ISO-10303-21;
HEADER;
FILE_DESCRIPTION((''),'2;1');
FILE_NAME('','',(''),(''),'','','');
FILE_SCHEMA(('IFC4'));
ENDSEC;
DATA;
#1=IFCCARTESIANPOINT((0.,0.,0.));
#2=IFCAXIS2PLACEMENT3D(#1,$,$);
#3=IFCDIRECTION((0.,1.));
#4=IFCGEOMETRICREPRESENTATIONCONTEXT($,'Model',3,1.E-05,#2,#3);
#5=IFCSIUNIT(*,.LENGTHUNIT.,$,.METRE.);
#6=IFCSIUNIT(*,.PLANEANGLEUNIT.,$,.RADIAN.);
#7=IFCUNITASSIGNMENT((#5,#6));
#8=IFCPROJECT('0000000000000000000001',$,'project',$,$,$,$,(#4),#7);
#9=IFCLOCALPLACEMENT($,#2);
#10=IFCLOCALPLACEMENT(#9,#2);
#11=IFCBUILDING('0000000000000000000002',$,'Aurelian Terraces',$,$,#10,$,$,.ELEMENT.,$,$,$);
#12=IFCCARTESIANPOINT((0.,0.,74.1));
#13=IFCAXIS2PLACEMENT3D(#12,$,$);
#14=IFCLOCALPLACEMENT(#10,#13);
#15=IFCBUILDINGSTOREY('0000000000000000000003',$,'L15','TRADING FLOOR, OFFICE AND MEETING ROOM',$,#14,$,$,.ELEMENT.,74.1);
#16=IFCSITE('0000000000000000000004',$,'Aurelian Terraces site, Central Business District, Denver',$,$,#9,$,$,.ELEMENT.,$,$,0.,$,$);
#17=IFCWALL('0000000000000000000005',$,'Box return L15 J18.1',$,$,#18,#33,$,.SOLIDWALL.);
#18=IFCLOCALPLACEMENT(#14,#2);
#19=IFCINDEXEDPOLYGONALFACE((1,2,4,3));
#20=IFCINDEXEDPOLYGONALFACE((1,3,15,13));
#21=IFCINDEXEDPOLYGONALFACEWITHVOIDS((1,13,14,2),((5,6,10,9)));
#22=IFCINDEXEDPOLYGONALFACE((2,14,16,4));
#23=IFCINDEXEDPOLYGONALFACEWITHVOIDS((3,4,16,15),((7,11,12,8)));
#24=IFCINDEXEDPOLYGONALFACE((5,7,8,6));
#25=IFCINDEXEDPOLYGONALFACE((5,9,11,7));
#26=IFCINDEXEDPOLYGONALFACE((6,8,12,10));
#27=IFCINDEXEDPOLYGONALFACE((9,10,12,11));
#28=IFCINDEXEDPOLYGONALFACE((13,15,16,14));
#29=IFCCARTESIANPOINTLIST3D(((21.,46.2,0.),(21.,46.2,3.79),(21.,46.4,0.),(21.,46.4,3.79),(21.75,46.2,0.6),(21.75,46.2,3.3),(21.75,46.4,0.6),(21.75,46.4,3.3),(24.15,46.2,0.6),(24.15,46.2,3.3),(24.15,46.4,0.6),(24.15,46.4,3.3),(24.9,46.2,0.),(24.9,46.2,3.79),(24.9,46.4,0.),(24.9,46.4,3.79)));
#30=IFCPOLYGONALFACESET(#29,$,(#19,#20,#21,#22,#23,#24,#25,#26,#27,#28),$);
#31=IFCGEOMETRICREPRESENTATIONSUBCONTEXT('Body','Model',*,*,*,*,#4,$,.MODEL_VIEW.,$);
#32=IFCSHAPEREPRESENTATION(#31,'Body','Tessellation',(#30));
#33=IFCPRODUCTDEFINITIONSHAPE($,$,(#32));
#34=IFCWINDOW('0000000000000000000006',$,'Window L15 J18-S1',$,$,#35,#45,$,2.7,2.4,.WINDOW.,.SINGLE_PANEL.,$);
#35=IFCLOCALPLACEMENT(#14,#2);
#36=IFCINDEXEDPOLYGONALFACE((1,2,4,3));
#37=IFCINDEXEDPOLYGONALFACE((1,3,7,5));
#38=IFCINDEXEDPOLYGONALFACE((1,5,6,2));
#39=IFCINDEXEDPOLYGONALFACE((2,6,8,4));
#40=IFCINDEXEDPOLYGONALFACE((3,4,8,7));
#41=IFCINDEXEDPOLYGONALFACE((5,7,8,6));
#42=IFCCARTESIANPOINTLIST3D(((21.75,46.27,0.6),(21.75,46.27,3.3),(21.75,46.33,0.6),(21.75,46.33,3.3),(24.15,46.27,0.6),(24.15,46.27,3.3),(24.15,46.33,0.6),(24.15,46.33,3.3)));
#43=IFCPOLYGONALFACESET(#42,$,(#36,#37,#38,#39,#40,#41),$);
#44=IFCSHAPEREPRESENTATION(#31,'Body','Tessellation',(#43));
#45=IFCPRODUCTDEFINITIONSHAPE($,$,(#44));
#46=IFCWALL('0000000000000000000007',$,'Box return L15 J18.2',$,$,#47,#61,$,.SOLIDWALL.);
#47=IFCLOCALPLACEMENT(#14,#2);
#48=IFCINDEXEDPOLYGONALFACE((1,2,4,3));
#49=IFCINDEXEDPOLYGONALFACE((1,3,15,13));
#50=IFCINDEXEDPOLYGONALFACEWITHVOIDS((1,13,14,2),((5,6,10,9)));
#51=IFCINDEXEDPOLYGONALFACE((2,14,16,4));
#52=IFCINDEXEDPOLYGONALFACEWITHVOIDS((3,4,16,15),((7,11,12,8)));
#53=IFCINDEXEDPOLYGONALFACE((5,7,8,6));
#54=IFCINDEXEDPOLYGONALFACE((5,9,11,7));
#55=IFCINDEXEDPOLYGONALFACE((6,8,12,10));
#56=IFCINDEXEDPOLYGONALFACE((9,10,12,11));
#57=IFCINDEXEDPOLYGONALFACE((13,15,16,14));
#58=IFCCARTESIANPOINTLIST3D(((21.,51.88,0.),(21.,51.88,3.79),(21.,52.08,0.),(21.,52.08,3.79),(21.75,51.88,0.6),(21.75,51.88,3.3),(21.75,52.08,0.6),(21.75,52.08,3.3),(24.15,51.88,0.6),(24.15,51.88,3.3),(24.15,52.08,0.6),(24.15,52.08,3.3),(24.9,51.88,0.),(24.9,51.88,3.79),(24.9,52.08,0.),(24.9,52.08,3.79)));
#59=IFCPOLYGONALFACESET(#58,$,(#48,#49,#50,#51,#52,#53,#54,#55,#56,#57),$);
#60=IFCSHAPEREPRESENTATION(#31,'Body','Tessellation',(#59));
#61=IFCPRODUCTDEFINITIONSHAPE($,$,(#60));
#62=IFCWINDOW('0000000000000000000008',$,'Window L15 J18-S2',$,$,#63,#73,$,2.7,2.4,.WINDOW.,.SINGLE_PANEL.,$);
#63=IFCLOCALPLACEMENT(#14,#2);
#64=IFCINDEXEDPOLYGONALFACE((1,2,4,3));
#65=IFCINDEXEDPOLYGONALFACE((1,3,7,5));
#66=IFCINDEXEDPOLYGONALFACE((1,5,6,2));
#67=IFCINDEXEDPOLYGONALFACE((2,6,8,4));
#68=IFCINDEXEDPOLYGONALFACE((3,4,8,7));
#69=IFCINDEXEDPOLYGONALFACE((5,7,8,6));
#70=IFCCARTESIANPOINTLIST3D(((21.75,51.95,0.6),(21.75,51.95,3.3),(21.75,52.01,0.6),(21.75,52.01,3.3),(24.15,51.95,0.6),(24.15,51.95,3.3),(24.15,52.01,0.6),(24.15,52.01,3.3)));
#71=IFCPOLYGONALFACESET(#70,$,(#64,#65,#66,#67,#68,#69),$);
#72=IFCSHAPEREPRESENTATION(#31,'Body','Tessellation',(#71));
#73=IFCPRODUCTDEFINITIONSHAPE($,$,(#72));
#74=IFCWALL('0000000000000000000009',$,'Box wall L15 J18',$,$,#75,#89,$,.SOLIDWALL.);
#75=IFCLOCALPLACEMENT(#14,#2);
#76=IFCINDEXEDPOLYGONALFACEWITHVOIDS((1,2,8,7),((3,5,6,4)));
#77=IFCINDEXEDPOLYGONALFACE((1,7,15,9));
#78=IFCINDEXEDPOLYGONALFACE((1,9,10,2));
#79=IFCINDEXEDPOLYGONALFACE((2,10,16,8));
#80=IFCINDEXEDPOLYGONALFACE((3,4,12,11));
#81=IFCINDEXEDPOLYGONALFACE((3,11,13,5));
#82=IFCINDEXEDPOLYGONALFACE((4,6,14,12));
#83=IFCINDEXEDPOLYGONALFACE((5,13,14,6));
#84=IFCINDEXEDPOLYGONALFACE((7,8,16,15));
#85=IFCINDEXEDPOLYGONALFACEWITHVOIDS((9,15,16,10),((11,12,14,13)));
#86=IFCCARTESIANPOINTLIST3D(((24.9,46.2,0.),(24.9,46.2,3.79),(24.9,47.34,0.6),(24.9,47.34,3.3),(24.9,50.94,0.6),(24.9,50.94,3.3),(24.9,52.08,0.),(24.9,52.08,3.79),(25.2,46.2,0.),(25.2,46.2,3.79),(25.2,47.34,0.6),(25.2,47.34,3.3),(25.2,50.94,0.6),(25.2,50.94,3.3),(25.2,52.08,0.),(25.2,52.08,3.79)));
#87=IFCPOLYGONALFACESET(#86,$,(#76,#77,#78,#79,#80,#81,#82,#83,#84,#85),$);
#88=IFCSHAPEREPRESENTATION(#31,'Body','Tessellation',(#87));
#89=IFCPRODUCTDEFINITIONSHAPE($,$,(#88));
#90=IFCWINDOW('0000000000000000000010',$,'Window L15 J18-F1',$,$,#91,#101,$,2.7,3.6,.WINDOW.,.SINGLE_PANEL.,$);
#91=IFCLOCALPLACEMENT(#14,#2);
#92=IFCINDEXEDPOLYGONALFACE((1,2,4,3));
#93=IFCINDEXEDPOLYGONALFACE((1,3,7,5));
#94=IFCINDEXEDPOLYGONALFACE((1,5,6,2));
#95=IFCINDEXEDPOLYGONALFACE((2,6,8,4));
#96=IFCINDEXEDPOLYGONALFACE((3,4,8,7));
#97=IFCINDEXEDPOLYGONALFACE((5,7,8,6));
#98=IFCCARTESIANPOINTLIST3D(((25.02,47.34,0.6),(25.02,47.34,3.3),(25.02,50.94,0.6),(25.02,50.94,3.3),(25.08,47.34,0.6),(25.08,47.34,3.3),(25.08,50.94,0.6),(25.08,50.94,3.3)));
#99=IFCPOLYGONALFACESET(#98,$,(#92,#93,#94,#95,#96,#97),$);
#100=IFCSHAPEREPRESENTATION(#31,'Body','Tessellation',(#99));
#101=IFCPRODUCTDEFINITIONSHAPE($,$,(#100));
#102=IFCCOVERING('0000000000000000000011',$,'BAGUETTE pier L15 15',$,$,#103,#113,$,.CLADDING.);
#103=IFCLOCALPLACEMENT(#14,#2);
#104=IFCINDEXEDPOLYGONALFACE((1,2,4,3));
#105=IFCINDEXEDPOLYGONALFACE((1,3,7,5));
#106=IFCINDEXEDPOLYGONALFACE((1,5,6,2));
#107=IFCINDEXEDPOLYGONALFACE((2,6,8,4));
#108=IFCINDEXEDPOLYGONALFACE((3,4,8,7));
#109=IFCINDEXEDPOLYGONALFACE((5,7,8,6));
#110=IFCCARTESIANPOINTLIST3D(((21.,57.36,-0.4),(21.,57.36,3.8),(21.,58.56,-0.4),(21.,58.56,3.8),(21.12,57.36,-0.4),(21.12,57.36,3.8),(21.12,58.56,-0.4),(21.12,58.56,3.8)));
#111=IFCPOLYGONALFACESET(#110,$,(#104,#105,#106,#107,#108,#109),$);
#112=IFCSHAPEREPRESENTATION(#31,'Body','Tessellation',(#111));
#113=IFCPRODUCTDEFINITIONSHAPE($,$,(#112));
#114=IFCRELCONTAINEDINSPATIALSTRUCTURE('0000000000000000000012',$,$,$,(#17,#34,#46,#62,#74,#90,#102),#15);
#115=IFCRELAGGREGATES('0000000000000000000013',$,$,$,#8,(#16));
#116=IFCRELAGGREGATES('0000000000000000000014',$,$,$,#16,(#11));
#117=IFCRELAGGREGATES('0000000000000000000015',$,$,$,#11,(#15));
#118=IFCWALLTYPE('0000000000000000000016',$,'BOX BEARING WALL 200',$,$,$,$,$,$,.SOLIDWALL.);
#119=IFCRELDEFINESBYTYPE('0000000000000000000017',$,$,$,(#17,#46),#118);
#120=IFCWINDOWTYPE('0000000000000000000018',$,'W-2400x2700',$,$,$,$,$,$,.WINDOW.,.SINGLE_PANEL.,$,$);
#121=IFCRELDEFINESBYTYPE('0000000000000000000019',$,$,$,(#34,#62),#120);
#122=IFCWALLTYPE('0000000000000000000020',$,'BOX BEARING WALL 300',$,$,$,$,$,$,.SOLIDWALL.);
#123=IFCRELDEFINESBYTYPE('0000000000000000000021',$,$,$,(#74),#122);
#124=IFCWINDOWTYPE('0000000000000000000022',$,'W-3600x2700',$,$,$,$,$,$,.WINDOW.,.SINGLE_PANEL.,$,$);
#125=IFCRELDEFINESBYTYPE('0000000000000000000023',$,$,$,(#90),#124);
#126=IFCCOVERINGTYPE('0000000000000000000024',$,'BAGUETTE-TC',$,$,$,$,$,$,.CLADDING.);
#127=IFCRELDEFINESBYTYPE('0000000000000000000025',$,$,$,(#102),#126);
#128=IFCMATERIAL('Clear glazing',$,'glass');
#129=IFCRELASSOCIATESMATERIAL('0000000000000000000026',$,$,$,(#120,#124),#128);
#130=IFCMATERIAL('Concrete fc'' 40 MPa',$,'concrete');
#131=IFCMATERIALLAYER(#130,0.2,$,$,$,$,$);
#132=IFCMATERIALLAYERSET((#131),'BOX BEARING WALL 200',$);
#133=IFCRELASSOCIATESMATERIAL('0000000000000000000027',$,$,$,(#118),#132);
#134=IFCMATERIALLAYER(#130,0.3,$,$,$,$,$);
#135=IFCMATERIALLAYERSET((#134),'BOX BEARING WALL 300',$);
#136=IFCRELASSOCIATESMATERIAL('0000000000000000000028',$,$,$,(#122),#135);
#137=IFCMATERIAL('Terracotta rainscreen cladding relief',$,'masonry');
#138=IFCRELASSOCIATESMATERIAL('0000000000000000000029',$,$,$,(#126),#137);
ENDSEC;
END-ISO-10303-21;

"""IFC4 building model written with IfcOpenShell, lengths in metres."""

from ifc_helpers import new_model, si_unit, direction, frame, frame_2d, origin, origin_2d, place, context, subcontext, project, spatial, rectangle, extrude, source, transform, mapped, material, layer, layer_set, type_object, element, fill, save


model = new_model("IFC4")

# Units and contexts
model_context = context("Model", 3, precision=1e-05, world=origin(), true_north=direction((0.0, 1.0)))
body_context = subcontext(model_context, "Body", "Model", "MODEL_VIEW")
ifc_project = project(units=[si_unit("LENGTHUNIT", "METRE"), si_unit("PLANEANGLEUNIT", "RADIAN")], contexts=[model_context])

# Site, building, storey
site_placement = place(None, origin())
site = spatial("IfcSite", under=ifc_project, at=site_placement, Name="Aurelian Terraces site, Central Business District, Denver", CompositionType="ELEMENT", RefElevation=0.0)
building_placement = place(site_placement, origin())
building = spatial("IfcBuilding", under=site, at=building_placement, Name="Aurelian Terraces", CompositionType="ELEMENT")
storey_placement = place(building_placement, frame((0.0, 0.0, 74.1)))
storey = spatial("IfcBuildingStorey", under=building, at=storey_placement, Name="L15", Description="TRADING FLOOR, OFFICE AND MEETING ROOM", CompositionType="ELEMENT", Elevation=74.1)

# Walls, openings, windows
ifc_material_1 = material(Name="Clear glazing", Category="glass")
window_type_1 = type_object("IfcWindowType", Name="W-2400x2700", PartitioningType="SINGLE_PANEL", PredefinedType="WINDOW", material=ifc_material_1)
shared_shape_1 = source(origin(), body_context, "Body", "SweptSolid", [
    extrude(rectangle(XDim=2.4, YDim=2.7, at=frame_2d((1.2, 1.35))), frame((0.0, 0.03, 0.0), z_axis=(0.0, -1.0, 0.0), x_axis=(1.0, 0.0, 0.0)), (0.0, 0.0, 1.0), 0.06),
])
ifc_material_2 = material(Name="Concrete fc' 40 MPa", Category="concrete")
ifc_layer_1 = layer(ifc_material_2, 0.2)
ifc_layer_set_1 = layer_set([ifc_layer_1], Name="BOX BEARING WALL 200")
wall_type_1 = type_object("IfcWallType", Name="BOX BEARING WALL 200", PredefinedType="SOLIDWALL", material=ifc_layer_set_1)
shared_shape_2 = source(origin(), body_context, "Body", "SweptSolid", [
    extrude(rectangle(XDim=3.9, YDim=0.2, at=frame_2d((1.95, 0.0))), origin(), (0.0, 0.0, 1.0), 3.79),
])
wall_1_placement = place(storey_placement, frame((21.0, 46.3, 0.0), z_axis=(0.0, 0.0, 1.0), x_axis=(1.0, 0.0, 0.0)))
wall_1 = element("IfcWall", 1, at=wall_1_placement, inside=storey, type_object=wall_type_1, Name="Box return L15 J18.1", PredefinedType="SOLIDWALL", context=body_context, shape_type="MappedRepresentation", body=[
    mapped(shared_shape_2, transform((0.0, 0.0, 0.0), scale=1.0)),
])
shared_shape_3 = source(origin(), body_context, "Body", "SweptSolid", [
    extrude(rectangle(XDim=2.4, YDim=2.7, at=frame_2d((1.2, 1.35))), frame((0.0, 0.11, 0.0), z_axis=(0.0, -1.0, 0.0), x_axis=(1.0, 0.0, 0.0)), (0.0, 0.0, 1.0), 0.22),
])
opening_1_placement = place(wall_1_placement, frame((0.75, 0.0, 0.6)))
opening_1 = element("IfcOpeningElement", 2, at=opening_1_placement, cuts=wall_1, PredefinedType="OPENING", context=body_context, shape_type="MappedRepresentation", body=[
    mapped(shared_shape_3, transform((0.0, 0.0, 0.0), scale=1.0)),
])
window_1_placement = place(opening_1_placement, origin())
window_1 = element("IfcWindow", 3, at=window_1_placement, inside=storey, type_object=window_type_1, Name="Window L15 J18-S1", OverallHeight=2.7, OverallWidth=2.4, PartitioningType="SINGLE_PANEL", PredefinedType="WINDOW", context=body_context, shape_type="MappedRepresentation", body=[
    mapped(shared_shape_1, transform((0.0, 0.0, 0.0), scale=1.0)),
])
fill(opening_1, window_1)
wall_2_placement = place(storey_placement, frame((21.0, 51.98, 0.0), z_axis=(0.0, 0.0, 1.0), x_axis=(1.0, 0.0, 0.0)))
wall_2 = element("IfcWall", 4, at=wall_2_placement, inside=storey, type_object=wall_type_1, Name="Box return L15 J18.2", PredefinedType="SOLIDWALL", context=body_context, shape_type="MappedRepresentation", body=[
    mapped(shared_shape_2, transform((0.0, 0.0, 0.0), scale=1.0)),
])
opening_2_placement = place(wall_2_placement, frame((0.75, 0.0, 0.6)))
opening_2 = element("IfcOpeningElement", 5, at=opening_2_placement, cuts=wall_2, PredefinedType="OPENING", context=body_context, shape_type="MappedRepresentation", body=[
    mapped(shared_shape_3, transform((0.0, 0.0, 0.0), scale=1.0)),
])
window_2_placement = place(opening_2_placement, origin())
window_2 = element("IfcWindow", 6, at=window_2_placement, inside=storey, type_object=window_type_1, Name="Window L15 J18-S2", OverallHeight=2.7, OverallWidth=2.4, PartitioningType="SINGLE_PANEL", PredefinedType="WINDOW", context=body_context, shape_type="MappedRepresentation", body=[
    mapped(shared_shape_1, transform((0.0, 0.0, 0.0), scale=1.0)),
])
fill(opening_2, window_2)
ifc_layer_2 = layer(ifc_material_2, 0.3)
ifc_layer_set_2 = layer_set([ifc_layer_2], Name="BOX BEARING WALL 300")
wall_type_2 = type_object("IfcWallType", Name="BOX BEARING WALL 300", PredefinedType="SOLIDWALL", material=ifc_layer_set_2)
shared_shape_4 = source(origin(), body_context, "Body", "SweptSolid", [
    extrude(rectangle(XDim=5.88, YDim=0.3, at=frame_2d((2.94, 0.0))), origin(), (0.0, 0.0, 1.0), 3.79),
])
wall_3_placement = place(storey_placement, frame((25.05, 46.2, 0.0), z_axis=(0.0, 0.0, 1.0), x_axis=(0.0, 1.0, 0.0)))
wall_3 = element("IfcWall", 7, at=wall_3_placement, inside=storey, type_object=wall_type_2, Name="Box wall L15 J18", PredefinedType="SOLIDWALL", context=body_context, shape_type="MappedRepresentation", body=[
    mapped(shared_shape_4, transform((0.0, 0.0, 0.0), scale=1.0)),
])
shared_shape_5 = source(origin(), body_context, "Body", "SweptSolid", [
    extrude(rectangle(XDim=3.6, YDim=2.7, at=frame_2d((1.8, 1.35))), frame((0.0, 0.16, 0.0), z_axis=(0.0, -1.0, 0.0), x_axis=(1.0, 0.0, 0.0)), (0.0, 0.0, 1.0), 0.32),
])
opening_3_placement = place(wall_3_placement, frame((1.14, 0.0, 0.6)))
opening_3 = element("IfcOpeningElement", 8, at=opening_3_placement, cuts=wall_3, PredefinedType="OPENING", context=body_context, shape_type="MappedRepresentation", body=[
    mapped(shared_shape_5, transform((0.0, 0.0, 0.0), scale=1.0)),
])
window_type_2 = type_object("IfcWindowType", Name="W-3600x2700", PartitioningType="SINGLE_PANEL", PredefinedType="WINDOW", material=ifc_material_1)
shared_shape_6 = source(origin(), body_context, "Body", "SweptSolid", [
    extrude(rectangle(XDim=3.6, YDim=2.7, at=frame_2d((1.8, 1.35))), frame((0.0, 0.03, 0.0), z_axis=(0.0, -1.0, 0.0), x_axis=(1.0, 0.0, 0.0)), (0.0, 0.0, 1.0), 0.06),
])
window_3_placement = place(opening_3_placement, origin())
window_3 = element("IfcWindow", 9, at=window_3_placement, inside=storey, type_object=window_type_2, Name="Window L15 J18-F1", OverallHeight=2.7, OverallWidth=3.6, PartitioningType="SINGLE_PANEL", PredefinedType="WINDOW", context=body_context, shape_type="MappedRepresentation", body=[
    mapped(shared_shape_6, transform((0.0, 0.0, 0.0), scale=1.0)),
])
fill(opening_3, window_3)

# Covering
ifc_material_3 = material(Name="Terracotta rainscreen cladding relief", Category="masonry")
covering_type = type_object("IfcCoveringType", Name="BAGUETTE-TC", PredefinedType="CLADDING", material=ifc_material_3)
shared_shape_7 = source(origin(), body_context, "Body", "SweptSolid", [
    extrude(rectangle(XDim=0.12, YDim=1.2, at=origin_2d()), origin(), (0.0, 0.0, 1.0), 4.2),
])
covering_placement = place(storey_placement, frame((21.06, 57.96, -0.4), z_axis=(0.0, 0.0, 1.0), x_axis=(1.0, 0.0, 0.0)))
element("IfcCovering", 10, at=covering_placement, inside=storey, type_object=covering_type, Name="BAGUETTE pier L15 15", PredefinedType="CLADDING", context=body_context, shape_type="MappedRepresentation", body=[
    mapped(shared_shape_7, transform((0.0, 0.0, 0.0), scale=1.0)),
])

save(model, "model.ifc")
